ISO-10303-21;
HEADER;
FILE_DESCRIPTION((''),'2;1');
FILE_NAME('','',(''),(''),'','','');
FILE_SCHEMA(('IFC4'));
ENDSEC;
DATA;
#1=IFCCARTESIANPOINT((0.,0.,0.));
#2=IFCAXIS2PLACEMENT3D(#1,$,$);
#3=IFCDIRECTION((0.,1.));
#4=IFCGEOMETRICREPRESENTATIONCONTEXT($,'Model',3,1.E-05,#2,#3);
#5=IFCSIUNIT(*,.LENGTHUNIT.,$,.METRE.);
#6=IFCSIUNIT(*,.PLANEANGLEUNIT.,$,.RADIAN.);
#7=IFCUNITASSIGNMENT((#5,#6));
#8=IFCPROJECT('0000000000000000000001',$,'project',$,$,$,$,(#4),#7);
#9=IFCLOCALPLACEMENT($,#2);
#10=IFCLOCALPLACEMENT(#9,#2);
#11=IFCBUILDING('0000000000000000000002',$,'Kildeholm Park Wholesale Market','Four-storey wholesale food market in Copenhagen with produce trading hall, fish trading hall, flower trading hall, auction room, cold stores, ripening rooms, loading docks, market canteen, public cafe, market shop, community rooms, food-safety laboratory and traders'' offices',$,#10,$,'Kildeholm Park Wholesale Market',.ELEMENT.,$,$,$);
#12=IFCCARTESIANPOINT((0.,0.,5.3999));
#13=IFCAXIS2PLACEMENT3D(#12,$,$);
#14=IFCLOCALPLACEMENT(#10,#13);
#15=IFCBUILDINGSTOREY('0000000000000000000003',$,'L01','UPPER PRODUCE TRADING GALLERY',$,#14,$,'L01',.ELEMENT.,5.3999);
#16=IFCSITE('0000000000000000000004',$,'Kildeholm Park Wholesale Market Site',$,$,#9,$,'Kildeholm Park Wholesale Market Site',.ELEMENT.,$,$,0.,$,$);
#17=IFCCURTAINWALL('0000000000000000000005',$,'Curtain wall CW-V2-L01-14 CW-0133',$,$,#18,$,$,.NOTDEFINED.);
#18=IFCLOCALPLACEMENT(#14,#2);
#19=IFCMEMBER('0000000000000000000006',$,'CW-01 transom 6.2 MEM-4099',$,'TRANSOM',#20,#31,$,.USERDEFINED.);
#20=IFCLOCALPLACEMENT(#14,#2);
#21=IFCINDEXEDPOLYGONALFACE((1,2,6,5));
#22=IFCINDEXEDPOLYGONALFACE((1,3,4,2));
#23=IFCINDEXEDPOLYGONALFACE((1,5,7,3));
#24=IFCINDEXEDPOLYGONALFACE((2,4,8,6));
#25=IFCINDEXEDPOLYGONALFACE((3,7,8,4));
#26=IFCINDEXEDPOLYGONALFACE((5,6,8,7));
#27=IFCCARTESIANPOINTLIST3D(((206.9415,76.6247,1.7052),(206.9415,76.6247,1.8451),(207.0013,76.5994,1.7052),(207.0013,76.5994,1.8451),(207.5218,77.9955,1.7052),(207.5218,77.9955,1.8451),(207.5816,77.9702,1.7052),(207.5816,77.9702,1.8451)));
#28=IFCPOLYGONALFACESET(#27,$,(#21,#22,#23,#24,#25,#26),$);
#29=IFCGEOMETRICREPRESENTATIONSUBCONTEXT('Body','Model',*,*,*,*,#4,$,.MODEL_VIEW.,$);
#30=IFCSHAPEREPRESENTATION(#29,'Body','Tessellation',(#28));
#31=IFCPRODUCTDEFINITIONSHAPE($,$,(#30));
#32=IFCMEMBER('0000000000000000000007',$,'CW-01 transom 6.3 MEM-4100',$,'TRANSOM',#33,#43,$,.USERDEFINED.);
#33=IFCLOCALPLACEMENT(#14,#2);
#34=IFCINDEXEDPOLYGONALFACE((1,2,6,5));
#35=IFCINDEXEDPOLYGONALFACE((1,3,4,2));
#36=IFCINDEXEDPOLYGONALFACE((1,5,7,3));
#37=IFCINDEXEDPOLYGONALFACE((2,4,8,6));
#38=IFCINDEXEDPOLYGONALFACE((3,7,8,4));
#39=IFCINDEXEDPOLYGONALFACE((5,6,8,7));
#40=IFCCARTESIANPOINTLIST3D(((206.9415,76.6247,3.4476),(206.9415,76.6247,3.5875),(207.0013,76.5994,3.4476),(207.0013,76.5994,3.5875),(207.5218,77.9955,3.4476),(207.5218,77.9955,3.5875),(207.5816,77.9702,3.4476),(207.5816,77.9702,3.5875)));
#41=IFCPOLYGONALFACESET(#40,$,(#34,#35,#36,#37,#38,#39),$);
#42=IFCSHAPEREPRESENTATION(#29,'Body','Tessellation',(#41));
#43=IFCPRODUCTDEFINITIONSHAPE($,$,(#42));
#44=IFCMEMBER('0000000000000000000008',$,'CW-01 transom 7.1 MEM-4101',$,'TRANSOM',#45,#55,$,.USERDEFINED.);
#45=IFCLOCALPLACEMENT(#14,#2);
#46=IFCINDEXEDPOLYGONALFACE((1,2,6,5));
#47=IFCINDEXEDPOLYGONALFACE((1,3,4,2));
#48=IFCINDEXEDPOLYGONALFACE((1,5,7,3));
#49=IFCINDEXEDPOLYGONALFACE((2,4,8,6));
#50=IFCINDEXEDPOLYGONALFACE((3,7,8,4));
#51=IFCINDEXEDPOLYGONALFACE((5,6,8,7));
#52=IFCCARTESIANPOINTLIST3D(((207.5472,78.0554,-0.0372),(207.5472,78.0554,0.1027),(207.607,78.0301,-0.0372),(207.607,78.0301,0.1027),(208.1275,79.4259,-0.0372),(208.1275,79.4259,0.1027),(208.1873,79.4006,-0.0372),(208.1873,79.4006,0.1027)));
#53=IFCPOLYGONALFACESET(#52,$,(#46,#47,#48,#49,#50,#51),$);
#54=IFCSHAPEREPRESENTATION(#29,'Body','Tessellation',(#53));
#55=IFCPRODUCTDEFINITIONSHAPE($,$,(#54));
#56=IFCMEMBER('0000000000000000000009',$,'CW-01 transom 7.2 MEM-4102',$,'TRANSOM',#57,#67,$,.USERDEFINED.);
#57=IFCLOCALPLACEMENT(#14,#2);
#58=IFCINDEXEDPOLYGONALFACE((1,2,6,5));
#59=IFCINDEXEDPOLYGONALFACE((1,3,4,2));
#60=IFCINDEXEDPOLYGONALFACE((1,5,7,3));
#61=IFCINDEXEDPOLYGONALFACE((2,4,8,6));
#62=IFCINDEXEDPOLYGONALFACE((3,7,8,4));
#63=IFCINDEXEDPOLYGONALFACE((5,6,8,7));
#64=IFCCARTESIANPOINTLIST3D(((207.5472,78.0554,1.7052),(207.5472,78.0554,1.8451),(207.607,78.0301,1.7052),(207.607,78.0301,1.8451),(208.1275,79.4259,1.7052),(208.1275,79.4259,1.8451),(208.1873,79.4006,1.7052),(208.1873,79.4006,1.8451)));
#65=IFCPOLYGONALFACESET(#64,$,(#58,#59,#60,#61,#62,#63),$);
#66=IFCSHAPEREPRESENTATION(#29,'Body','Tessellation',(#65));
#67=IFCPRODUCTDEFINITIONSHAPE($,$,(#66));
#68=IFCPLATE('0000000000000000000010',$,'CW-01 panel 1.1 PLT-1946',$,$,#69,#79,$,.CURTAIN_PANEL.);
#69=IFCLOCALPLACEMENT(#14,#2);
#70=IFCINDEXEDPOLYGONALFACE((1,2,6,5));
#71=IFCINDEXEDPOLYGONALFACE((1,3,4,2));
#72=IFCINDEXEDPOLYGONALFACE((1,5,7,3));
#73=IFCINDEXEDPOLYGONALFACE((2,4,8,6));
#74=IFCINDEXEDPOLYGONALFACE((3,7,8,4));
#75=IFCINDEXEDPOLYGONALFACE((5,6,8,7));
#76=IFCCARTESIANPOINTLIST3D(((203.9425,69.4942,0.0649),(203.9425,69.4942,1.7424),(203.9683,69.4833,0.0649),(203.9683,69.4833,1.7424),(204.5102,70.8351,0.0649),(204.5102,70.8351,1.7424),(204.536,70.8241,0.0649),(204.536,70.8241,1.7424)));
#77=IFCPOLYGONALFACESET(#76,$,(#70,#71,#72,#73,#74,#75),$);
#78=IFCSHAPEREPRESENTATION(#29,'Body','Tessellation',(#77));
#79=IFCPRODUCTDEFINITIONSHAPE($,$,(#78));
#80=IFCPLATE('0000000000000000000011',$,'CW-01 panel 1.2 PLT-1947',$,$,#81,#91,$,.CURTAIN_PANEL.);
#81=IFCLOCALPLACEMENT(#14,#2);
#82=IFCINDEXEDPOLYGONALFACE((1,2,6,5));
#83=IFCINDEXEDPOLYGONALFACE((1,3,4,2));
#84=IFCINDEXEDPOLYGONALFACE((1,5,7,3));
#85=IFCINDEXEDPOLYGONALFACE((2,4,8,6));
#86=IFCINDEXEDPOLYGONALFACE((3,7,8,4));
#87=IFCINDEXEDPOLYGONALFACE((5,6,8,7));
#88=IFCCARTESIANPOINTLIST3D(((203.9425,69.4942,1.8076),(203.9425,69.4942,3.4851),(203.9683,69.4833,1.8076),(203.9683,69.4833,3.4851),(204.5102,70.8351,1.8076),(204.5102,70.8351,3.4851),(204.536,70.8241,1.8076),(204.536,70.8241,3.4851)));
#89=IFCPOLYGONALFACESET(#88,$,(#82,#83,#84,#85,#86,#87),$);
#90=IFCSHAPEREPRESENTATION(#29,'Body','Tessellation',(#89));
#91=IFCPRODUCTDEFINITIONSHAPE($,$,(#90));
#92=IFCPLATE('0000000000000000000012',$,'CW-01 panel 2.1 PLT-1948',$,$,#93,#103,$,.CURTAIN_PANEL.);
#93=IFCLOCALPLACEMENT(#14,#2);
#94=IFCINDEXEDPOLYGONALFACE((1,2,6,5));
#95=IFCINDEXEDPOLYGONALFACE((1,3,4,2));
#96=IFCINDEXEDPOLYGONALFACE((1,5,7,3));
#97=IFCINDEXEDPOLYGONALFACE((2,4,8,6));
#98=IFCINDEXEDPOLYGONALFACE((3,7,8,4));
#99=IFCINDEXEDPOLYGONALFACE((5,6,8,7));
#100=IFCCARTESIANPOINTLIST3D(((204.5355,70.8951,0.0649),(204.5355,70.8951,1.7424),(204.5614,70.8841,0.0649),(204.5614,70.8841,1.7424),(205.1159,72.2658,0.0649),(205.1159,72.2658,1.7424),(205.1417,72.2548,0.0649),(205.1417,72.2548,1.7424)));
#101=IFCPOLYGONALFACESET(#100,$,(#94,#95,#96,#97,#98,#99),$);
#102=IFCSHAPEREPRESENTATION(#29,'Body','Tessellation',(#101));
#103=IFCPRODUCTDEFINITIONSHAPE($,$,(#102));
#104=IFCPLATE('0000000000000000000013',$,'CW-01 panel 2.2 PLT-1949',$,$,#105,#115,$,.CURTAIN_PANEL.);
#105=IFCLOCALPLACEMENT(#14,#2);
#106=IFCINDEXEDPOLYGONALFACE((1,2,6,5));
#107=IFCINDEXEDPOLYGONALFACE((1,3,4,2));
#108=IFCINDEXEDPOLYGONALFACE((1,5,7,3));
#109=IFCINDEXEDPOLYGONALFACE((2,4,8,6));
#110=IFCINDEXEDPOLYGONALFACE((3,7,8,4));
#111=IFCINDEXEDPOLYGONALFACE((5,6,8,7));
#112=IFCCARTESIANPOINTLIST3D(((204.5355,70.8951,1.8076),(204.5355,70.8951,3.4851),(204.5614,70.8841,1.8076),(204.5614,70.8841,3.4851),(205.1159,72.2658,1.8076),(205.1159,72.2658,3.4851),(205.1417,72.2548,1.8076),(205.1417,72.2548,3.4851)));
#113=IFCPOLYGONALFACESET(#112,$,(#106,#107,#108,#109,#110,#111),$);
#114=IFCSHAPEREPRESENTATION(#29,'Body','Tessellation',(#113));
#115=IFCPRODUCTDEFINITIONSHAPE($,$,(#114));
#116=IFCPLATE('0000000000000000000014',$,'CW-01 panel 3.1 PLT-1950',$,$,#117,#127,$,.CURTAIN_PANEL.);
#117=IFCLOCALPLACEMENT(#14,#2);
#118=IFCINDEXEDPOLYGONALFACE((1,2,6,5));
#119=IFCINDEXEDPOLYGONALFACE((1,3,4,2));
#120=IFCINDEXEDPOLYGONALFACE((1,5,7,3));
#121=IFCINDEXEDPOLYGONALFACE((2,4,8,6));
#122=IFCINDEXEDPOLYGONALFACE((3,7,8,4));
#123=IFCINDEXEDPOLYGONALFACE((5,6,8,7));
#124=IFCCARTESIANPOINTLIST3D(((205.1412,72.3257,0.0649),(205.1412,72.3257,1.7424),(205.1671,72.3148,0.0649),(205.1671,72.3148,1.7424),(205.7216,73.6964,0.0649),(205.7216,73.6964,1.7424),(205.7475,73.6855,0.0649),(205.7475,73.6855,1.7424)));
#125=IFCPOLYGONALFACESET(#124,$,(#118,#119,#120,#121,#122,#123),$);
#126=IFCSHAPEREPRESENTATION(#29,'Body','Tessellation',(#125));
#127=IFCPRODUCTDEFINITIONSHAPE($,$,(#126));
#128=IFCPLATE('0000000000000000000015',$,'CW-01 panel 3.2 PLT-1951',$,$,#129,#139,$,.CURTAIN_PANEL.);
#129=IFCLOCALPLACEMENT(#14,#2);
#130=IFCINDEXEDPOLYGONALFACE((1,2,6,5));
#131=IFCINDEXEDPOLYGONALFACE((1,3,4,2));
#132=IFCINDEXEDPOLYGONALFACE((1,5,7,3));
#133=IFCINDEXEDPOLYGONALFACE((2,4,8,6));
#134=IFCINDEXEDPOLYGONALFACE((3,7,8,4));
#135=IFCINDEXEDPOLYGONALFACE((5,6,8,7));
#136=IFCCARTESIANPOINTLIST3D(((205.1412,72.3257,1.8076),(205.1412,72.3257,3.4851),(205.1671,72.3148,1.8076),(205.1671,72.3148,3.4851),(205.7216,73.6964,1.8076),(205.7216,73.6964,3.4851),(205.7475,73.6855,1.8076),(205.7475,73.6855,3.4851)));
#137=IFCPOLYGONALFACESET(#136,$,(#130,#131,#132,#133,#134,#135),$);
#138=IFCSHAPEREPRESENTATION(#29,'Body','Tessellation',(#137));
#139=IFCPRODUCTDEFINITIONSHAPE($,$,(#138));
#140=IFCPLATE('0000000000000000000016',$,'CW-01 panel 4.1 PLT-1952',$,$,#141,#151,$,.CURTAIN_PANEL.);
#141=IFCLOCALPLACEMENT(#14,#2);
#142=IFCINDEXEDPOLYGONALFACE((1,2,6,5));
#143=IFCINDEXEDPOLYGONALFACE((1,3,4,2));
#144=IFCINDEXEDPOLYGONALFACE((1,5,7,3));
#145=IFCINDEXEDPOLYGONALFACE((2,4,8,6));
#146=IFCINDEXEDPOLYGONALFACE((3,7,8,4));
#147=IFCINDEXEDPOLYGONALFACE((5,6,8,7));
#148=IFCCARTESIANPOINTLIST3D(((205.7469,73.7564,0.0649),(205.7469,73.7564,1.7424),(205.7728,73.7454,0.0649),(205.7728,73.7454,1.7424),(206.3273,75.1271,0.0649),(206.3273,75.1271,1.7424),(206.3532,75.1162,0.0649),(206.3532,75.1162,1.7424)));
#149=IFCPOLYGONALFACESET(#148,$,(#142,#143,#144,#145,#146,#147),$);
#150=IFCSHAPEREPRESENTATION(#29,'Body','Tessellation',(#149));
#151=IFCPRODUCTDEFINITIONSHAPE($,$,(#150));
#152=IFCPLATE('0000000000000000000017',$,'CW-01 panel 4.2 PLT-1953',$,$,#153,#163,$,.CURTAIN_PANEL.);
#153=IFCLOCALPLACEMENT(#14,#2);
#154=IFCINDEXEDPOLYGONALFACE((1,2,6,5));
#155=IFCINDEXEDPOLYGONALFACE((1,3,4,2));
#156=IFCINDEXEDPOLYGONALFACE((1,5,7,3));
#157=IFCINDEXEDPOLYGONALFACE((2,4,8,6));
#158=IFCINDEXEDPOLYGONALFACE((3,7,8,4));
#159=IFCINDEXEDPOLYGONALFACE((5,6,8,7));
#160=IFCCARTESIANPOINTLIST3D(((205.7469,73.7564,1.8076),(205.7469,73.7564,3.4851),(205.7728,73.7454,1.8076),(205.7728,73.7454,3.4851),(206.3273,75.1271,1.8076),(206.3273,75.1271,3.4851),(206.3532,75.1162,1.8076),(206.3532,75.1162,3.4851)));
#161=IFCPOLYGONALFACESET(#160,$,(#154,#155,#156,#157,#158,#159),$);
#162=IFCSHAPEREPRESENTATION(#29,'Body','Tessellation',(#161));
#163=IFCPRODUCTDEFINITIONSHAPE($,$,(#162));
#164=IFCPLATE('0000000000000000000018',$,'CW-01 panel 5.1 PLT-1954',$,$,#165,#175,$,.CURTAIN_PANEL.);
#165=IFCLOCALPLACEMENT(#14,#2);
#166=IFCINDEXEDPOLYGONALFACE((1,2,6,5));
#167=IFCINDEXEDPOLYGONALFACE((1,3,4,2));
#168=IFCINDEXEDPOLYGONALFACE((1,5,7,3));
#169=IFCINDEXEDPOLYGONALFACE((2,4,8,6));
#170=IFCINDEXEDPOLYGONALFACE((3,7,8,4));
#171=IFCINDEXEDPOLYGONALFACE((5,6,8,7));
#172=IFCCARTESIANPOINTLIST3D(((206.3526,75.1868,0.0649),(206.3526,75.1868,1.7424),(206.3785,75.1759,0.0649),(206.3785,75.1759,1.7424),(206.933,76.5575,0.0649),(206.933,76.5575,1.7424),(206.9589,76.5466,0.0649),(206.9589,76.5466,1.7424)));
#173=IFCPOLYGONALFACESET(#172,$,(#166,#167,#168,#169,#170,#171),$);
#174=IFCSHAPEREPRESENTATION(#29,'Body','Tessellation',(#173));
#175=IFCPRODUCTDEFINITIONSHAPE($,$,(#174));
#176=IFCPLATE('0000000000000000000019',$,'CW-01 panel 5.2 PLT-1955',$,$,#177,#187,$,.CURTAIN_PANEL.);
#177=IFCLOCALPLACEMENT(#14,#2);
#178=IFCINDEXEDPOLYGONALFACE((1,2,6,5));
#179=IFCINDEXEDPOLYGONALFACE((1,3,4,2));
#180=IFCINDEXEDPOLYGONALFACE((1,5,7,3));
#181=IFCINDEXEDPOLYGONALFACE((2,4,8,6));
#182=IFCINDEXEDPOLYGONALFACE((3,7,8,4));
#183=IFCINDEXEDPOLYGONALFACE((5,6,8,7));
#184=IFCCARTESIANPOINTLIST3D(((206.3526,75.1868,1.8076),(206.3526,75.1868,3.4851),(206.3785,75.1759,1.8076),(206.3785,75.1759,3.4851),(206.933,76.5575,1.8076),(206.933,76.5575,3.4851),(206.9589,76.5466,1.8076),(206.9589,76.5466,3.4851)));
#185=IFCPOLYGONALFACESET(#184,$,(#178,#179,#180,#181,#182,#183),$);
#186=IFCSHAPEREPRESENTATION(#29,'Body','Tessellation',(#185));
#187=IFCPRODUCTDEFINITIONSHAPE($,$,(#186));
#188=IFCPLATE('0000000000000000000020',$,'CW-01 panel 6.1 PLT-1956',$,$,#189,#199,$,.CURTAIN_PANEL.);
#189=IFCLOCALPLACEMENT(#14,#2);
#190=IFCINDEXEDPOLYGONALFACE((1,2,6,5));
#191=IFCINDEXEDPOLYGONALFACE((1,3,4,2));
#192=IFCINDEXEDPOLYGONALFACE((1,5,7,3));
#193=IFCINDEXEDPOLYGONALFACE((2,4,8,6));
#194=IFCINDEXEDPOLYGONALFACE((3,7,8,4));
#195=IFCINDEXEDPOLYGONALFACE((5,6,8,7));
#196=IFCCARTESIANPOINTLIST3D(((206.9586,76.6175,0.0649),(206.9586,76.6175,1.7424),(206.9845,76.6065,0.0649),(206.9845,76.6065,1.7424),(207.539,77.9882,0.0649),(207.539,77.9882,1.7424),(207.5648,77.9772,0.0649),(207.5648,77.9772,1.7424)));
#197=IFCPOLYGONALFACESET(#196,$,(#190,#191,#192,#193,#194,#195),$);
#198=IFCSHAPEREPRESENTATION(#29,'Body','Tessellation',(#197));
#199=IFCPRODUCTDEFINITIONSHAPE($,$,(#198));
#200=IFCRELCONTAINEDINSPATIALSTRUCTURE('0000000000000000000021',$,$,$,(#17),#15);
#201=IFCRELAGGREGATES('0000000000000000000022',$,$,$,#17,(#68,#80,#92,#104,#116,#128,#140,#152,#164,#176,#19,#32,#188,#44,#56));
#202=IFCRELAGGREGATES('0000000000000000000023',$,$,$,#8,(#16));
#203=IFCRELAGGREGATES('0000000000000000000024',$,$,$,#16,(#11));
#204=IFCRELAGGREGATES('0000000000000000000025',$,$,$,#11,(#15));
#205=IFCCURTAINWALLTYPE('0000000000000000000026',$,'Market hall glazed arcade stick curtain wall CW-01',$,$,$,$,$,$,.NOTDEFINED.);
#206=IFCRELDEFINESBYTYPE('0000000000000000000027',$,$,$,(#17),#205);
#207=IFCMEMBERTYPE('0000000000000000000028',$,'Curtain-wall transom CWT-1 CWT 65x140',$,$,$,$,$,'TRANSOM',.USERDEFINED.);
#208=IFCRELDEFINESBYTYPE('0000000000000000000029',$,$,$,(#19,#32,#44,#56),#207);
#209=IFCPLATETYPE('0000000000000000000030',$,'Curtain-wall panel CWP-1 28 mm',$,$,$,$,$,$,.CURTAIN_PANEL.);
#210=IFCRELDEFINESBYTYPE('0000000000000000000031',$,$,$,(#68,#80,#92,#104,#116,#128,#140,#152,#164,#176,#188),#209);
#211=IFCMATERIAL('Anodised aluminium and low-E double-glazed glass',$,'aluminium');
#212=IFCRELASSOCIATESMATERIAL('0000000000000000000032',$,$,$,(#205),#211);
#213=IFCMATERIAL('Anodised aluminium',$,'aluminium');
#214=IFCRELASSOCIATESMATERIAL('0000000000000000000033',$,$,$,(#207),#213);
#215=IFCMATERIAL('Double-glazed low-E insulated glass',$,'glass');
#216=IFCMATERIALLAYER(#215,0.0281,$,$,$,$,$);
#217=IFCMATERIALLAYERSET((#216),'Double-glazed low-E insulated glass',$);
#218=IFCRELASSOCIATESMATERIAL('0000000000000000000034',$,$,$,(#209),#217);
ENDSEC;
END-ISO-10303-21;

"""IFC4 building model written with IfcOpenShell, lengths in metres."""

from ifc_helpers import new_model, si_unit, direction, frame, origin, origin_2d, place, context, subcontext, project, spatial, rectangle, extrude, material, layer, layer_set, material_profile, profile_set, type_object, element, aggregate, save


model = new_model("IFC4")

# Units and contexts
model_context = context("Model", 3, precision=1e-05, world=origin(), true_north=direction((0.0, 1.0)))
body_context = subcontext(model_context, "Body", "Model", "MODEL_VIEW")
ifc_project = project(units=[si_unit("LENGTHUNIT", "METRE"), si_unit("PLANEANGLEUNIT", "RADIAN")], contexts=[model_context])

# Site, building, storey
site_placement = place(None, origin())
site = spatial("IfcSite", under=ifc_project, at=site_placement, Name="Kildeholm Park Wholesale Market Site", LongName="Kildeholm Park Wholesale Market Site", CompositionType="ELEMENT", RefElevation=0.0)
building_placement = place(site_placement, origin())
building = spatial("IfcBuilding", under=site, at=building_placement, Name="Kildeholm Park Wholesale Market", Description="Four-storey wholesale food market in Copenhagen with produce trading hall, fish trading hall, flower trading hall, auction room, cold stores, ripening rooms, loading docks, market canteen, public cafe, market shop, community rooms, food-safety laboratory and traders' offices", LongName="Kildeholm Park Wholesale Market", CompositionType="ELEMENT")
storey_placement = place(building_placement, frame((0.0, 0.0, 5.3999)))
storey = spatial("IfcBuildingStorey", under=building, at=storey_placement, Name="L01", Description="UPPER PRODUCE TRADING GALLERY", LongName="L01", CompositionType="ELEMENT", Elevation=5.3999)

# Curtain wall, members, plates
ifc_material_1 = material(Name="Anodised aluminium and low-E double-glazed glass", Category="aluminium")
curtain_wall_type = type_object("IfcCurtainWallType", Name="Market hall glazed arcade stick curtain wall CW-01", PredefinedType="NOTDEFINED", material=ifc_material_1)
curtain_wall_placement = place(storey_placement, origin())
curtain_wall = element("IfcCurtainWall", 1, at=curtain_wall_placement, inside=storey, type_object=curtain_wall_type, Name="Curtain wall CW-V2-L01-14 CW-0133", PredefinedType="NOTDEFINED")
ifc_material_2 = material(Name="Anodised aluminium", Category="aluminium")
ifc_material_profile_1 = material_profile(ifc_material_2, rectangle(XDim=0.0649, YDim=0.1399, at=origin_2d()), Name="CWT 65x140")
ifc_profile_set_1 = profile_set([ifc_material_profile_1], Name="Anodised aluminium")
member_type_1 = type_object("IfcMemberType", Name="Curtain-wall transom CWT-1 CWT 65x140", ElementType="TRANSOM", PredefinedType="USERDEFINED", material=ifc_profile_set_1)
member_1_placement = place(storey_placement, frame((206.9714, 76.6121, 1.7751), z_axis=(0.389838, 0.920883, 0.0), x_axis=(-0.920883, 0.389838, 0.0)))
member_1 = element("IfcMember", 2, at=member_1_placement, type_object=member_type_1, Name="CW-01 transom 6.2 MEM-4099", ObjectType="TRANSOM", PredefinedType="USERDEFINED", context=body_context, shape_type="SweptSolid", body=[
    extrude(rectangle(XDim=0.0649, YDim=0.1399, at=origin_2d()), origin(), (0.0, 0.0, 1.0), 1.4885),
])
member_2_placement = place(storey_placement, frame((206.9714, 76.6121, 3.5176), z_axis=(0.389838, 0.920883, 0.0), x_axis=(-0.920883, 0.389838, 0.0)))
member_2 = element("IfcMember", 3, at=member_2_placement, type_object=member_type_1, Name="CW-01 transom 6.3 MEM-4100", ObjectType="TRANSOM", PredefinedType="USERDEFINED", context=body_context, shape_type="SweptSolid", body=[
    extrude(rectangle(XDim=0.0649, YDim=0.1399, at=origin_2d()), origin(), (0.0, 0.0, 1.0), 1.4885),
])
member_3_placement = place(storey_placement, frame((207.5771, 78.0427, 0.0327), z_axis=(0.389897, 0.920859, 0.0), x_axis=(-0.920859, 0.389897, 0.0)))
member_3 = element("IfcMember", 4, at=member_3_placement, type_object=member_type_1, Name="CW-01 transom 7.1 MEM-4101", ObjectType="TRANSOM", PredefinedType="USERDEFINED", context=body_context, shape_type="SweptSolid", body=[
    extrude(rectangle(XDim=0.0649, YDim=0.1399, at=origin_2d()), origin(), (0.0, 0.0, 1.0), 1.4883),
])
member_4_placement = place(storey_placement, frame((207.5771, 78.0427, 1.7751), z_axis=(0.389897, 0.920859, 0.0), x_axis=(-0.920859, 0.389897, 0.0)))
member_4 = element("IfcMember", 5, at=member_4_placement, type_object=member_type_1, Name="CW-01 transom 7.2 MEM-4102", ObjectType="TRANSOM", PredefinedType="USERDEFINED", context=body_context, shape_type="SweptSolid", body=[
    extrude(rectangle(XDim=0.0649, YDim=0.1399, at=origin_2d()), origin(), (0.0, 0.0, 1.0), 1.4883),
])
ifc_material_3 = material(Name="Double-glazed low-E insulated glass", Category="glass")
ifc_layer = layer(ifc_material_3, 0.0281)
ifc_layer_set = layer_set([ifc_layer], Name="Double-glazed low-E insulated glass")
plate_type = type_object("IfcPlateType", Name="Curtain-wall panel CWP-1 28 mm", PredefinedType="CURTAIN_PANEL", material=ifc_layer_set)
plate_1_placement = place(storey_placement, frame((204.2393, 70.1592, 0.0649), z_axis=(0.0, 0.0, 1.0), x_axis=(0.389905, 0.920855, 0.0)))
plate_1 = element("IfcPlate", 6, at=plate_1_placement, type_object=plate_type, Name="CW-01 panel 1.1 PLT-1946", PredefinedType="CURTAIN_PANEL", context=body_context, shape_type="SweptSolid", body=[
    extrude(rectangle(XDim=1.4561, YDim=0.0281, at=origin_2d()), origin(), (0.0, 0.0, 1.0), 1.6775),
])
plate_2_placement = place(storey_placement, frame((204.2393, 70.1592, 1.8076), z_axis=(0.0, 0.0, 1.0), x_axis=(0.389905, 0.920855, 0.0)))
plate_2 = element("IfcPlate", 7, at=plate_2_placement, type_object=plate_type, Name="CW-01 panel 1.2 PLT-1947", PredefinedType="CURTAIN_PANEL", context=body_context, shape_type="SweptSolid", body=[
    extrude(rectangle(XDim=1.4561, YDim=0.0281, at=origin_2d()), origin(), (0.0, 0.0, 1.0), 1.6775),
])
plate_3_placement = place(storey_placement, frame((204.8386, 71.575, 0.0649), z_axis=(0.0, 0.0, 1.0), x_axis=(0.389905, 0.920855, 0.0)))
plate_3 = element("IfcPlate", 8, at=plate_3_placement, type_object=plate_type, Name="CW-01 panel 2.1 PLT-1948", PredefinedType="CURTAIN_PANEL", context=body_context, shape_type="SweptSolid", body=[
    extrude(rectangle(XDim=1.4885, YDim=0.0281, at=origin_2d()), origin(), (0.0, 0.0, 1.0), 1.6775),
])
plate_4_placement = place(storey_placement, frame((204.8386, 71.575, 1.8076), z_axis=(0.0, 0.0, 1.0), x_axis=(0.389905, 0.920855, 0.0)))
plate_4 = element("IfcPlate", 9, at=plate_4_placement, type_object=plate_type, Name="CW-01 panel 2.2 PLT-1949", PredefinedType="CURTAIN_PANEL", context=body_context, shape_type="SweptSolid", body=[
    extrude(rectangle(XDim=1.4885, YDim=0.0281, at=origin_2d()), origin(), (0.0, 0.0, 1.0), 1.6775),
])
plate_5_placement = place(storey_placement, frame((205.4443, 73.0056, 0.0649), z_axis=(0.0, 0.0, 1.0), x_axis=(0.389905, 0.920855, 0.0)))
plate_5 = element("IfcPlate", 10, at=plate_5_placement, type_object=plate_type, Name="CW-01 panel 3.1 PLT-1950", PredefinedType="CURTAIN_PANEL", context=body_context, shape_type="SweptSolid", body=[
    extrude(rectangle(XDim=1.4885, YDim=0.0281, at=origin_2d()), origin(), (0.0, 0.0, 1.0), 1.6775),
])
plate_6_placement = place(storey_placement, frame((205.4443, 73.0056, 1.8076), z_axis=(0.0, 0.0, 1.0), x_axis=(0.389905, 0.920855, 0.0)))
plate_6 = element("IfcPlate", 11, at=plate_6_placement, type_object=plate_type, Name="CW-01 panel 3.2 PLT-1951", PredefinedType="CURTAIN_PANEL", context=body_context, shape_type="SweptSolid", body=[
    extrude(rectangle(XDim=1.4885, YDim=0.0281, at=origin_2d()), origin(), (0.0, 0.0, 1.0), 1.6775),
])
plate_7_placement = place(storey_placement, frame((206.05, 74.4363, 0.0649), z_axis=(0.0, 0.0, 1.0), x_axis=(0.389905, 0.920855, 0.0)))
plate_7 = element("IfcPlate", 12, at=plate_7_placement, type_object=plate_type, Name="CW-01 panel 4.1 PLT-1952", PredefinedType="CURTAIN_PANEL", context=body_context, shape_type="SweptSolid", body=[
    extrude(rectangle(XDim=1.4885, YDim=0.0281, at=origin_2d()), origin(), (0.0, 0.0, 1.0), 1.6775),
])
plate_8_placement = place(storey_placement, frame((206.05, 74.4363, 1.8076), z_axis=(0.0, 0.0, 1.0), x_axis=(0.389905, 0.920855, 0.0)))
plate_8 = element("IfcPlate", 13, at=plate_8_placement, type_object=plate_type, Name="CW-01 panel 4.2 PLT-1953", PredefinedType="CURTAIN_PANEL", context=body_context, shape_type="SweptSolid", body=[
    extrude(rectangle(XDim=1.4885, YDim=0.0281, at=origin_2d()), origin(), (0.0, 0.0, 1.0), 1.6775),
])
plate_9_placement = place(storey_placement, frame((206.6558, 75.8667, 0.0649), z_axis=(0.0, 0.0, 1.0), x_axis=(0.389905, 0.920855, 0.0)))
plate_9 = element("IfcPlate", 14, at=plate_9_placement, type_object=plate_type, Name="CW-01 panel 5.1 PLT-1954", PredefinedType="CURTAIN_PANEL", context=body_context, shape_type="SweptSolid", body=[
    extrude(rectangle(XDim=1.4885, YDim=0.0281, at=origin_2d()), origin(), (0.0, 0.0, 1.0), 1.6775),
])
plate_10_placement = place(storey_placement, frame((206.6558, 75.8667, 1.8076), z_axis=(0.0, 0.0, 1.0), x_axis=(0.389905, 0.920855, 0.0)))
plate_10 = element("IfcPlate", 15, at=plate_10_placement, type_object=plate_type, Name="CW-01 panel 5.2 PLT-1955", PredefinedType="CURTAIN_PANEL", context=body_context, shape_type="SweptSolid", body=[
    extrude(rectangle(XDim=1.4885, YDim=0.0281, at=origin_2d()), origin(), (0.0, 0.0, 1.0), 1.6775),
])
plate_11_placement = place(storey_placement, frame((207.2617, 77.2974, 0.0649), z_axis=(0.0, 0.0, 1.0), x_axis=(0.389905, 0.920855, 0.0)))
plate_11 = element("IfcPlate", 16, at=plate_11_placement, type_object=plate_type, Name="CW-01 panel 6.1 PLT-1956", PredefinedType="CURTAIN_PANEL", context=body_context, shape_type="SweptSolid", body=[
    extrude(rectangle(XDim=1.4885, YDim=0.0281, at=origin_2d()), origin(), (0.0, 0.0, 1.0), 1.6775),
])
aggregate(curtain_wall, [plate_1, plate_2, plate_3, plate_4, plate_5, plate_6, plate_7, plate_8, plate_9, plate_10, member_1, member_2, plate_11, member_3, member_4])

save(model, "model.ifc")
